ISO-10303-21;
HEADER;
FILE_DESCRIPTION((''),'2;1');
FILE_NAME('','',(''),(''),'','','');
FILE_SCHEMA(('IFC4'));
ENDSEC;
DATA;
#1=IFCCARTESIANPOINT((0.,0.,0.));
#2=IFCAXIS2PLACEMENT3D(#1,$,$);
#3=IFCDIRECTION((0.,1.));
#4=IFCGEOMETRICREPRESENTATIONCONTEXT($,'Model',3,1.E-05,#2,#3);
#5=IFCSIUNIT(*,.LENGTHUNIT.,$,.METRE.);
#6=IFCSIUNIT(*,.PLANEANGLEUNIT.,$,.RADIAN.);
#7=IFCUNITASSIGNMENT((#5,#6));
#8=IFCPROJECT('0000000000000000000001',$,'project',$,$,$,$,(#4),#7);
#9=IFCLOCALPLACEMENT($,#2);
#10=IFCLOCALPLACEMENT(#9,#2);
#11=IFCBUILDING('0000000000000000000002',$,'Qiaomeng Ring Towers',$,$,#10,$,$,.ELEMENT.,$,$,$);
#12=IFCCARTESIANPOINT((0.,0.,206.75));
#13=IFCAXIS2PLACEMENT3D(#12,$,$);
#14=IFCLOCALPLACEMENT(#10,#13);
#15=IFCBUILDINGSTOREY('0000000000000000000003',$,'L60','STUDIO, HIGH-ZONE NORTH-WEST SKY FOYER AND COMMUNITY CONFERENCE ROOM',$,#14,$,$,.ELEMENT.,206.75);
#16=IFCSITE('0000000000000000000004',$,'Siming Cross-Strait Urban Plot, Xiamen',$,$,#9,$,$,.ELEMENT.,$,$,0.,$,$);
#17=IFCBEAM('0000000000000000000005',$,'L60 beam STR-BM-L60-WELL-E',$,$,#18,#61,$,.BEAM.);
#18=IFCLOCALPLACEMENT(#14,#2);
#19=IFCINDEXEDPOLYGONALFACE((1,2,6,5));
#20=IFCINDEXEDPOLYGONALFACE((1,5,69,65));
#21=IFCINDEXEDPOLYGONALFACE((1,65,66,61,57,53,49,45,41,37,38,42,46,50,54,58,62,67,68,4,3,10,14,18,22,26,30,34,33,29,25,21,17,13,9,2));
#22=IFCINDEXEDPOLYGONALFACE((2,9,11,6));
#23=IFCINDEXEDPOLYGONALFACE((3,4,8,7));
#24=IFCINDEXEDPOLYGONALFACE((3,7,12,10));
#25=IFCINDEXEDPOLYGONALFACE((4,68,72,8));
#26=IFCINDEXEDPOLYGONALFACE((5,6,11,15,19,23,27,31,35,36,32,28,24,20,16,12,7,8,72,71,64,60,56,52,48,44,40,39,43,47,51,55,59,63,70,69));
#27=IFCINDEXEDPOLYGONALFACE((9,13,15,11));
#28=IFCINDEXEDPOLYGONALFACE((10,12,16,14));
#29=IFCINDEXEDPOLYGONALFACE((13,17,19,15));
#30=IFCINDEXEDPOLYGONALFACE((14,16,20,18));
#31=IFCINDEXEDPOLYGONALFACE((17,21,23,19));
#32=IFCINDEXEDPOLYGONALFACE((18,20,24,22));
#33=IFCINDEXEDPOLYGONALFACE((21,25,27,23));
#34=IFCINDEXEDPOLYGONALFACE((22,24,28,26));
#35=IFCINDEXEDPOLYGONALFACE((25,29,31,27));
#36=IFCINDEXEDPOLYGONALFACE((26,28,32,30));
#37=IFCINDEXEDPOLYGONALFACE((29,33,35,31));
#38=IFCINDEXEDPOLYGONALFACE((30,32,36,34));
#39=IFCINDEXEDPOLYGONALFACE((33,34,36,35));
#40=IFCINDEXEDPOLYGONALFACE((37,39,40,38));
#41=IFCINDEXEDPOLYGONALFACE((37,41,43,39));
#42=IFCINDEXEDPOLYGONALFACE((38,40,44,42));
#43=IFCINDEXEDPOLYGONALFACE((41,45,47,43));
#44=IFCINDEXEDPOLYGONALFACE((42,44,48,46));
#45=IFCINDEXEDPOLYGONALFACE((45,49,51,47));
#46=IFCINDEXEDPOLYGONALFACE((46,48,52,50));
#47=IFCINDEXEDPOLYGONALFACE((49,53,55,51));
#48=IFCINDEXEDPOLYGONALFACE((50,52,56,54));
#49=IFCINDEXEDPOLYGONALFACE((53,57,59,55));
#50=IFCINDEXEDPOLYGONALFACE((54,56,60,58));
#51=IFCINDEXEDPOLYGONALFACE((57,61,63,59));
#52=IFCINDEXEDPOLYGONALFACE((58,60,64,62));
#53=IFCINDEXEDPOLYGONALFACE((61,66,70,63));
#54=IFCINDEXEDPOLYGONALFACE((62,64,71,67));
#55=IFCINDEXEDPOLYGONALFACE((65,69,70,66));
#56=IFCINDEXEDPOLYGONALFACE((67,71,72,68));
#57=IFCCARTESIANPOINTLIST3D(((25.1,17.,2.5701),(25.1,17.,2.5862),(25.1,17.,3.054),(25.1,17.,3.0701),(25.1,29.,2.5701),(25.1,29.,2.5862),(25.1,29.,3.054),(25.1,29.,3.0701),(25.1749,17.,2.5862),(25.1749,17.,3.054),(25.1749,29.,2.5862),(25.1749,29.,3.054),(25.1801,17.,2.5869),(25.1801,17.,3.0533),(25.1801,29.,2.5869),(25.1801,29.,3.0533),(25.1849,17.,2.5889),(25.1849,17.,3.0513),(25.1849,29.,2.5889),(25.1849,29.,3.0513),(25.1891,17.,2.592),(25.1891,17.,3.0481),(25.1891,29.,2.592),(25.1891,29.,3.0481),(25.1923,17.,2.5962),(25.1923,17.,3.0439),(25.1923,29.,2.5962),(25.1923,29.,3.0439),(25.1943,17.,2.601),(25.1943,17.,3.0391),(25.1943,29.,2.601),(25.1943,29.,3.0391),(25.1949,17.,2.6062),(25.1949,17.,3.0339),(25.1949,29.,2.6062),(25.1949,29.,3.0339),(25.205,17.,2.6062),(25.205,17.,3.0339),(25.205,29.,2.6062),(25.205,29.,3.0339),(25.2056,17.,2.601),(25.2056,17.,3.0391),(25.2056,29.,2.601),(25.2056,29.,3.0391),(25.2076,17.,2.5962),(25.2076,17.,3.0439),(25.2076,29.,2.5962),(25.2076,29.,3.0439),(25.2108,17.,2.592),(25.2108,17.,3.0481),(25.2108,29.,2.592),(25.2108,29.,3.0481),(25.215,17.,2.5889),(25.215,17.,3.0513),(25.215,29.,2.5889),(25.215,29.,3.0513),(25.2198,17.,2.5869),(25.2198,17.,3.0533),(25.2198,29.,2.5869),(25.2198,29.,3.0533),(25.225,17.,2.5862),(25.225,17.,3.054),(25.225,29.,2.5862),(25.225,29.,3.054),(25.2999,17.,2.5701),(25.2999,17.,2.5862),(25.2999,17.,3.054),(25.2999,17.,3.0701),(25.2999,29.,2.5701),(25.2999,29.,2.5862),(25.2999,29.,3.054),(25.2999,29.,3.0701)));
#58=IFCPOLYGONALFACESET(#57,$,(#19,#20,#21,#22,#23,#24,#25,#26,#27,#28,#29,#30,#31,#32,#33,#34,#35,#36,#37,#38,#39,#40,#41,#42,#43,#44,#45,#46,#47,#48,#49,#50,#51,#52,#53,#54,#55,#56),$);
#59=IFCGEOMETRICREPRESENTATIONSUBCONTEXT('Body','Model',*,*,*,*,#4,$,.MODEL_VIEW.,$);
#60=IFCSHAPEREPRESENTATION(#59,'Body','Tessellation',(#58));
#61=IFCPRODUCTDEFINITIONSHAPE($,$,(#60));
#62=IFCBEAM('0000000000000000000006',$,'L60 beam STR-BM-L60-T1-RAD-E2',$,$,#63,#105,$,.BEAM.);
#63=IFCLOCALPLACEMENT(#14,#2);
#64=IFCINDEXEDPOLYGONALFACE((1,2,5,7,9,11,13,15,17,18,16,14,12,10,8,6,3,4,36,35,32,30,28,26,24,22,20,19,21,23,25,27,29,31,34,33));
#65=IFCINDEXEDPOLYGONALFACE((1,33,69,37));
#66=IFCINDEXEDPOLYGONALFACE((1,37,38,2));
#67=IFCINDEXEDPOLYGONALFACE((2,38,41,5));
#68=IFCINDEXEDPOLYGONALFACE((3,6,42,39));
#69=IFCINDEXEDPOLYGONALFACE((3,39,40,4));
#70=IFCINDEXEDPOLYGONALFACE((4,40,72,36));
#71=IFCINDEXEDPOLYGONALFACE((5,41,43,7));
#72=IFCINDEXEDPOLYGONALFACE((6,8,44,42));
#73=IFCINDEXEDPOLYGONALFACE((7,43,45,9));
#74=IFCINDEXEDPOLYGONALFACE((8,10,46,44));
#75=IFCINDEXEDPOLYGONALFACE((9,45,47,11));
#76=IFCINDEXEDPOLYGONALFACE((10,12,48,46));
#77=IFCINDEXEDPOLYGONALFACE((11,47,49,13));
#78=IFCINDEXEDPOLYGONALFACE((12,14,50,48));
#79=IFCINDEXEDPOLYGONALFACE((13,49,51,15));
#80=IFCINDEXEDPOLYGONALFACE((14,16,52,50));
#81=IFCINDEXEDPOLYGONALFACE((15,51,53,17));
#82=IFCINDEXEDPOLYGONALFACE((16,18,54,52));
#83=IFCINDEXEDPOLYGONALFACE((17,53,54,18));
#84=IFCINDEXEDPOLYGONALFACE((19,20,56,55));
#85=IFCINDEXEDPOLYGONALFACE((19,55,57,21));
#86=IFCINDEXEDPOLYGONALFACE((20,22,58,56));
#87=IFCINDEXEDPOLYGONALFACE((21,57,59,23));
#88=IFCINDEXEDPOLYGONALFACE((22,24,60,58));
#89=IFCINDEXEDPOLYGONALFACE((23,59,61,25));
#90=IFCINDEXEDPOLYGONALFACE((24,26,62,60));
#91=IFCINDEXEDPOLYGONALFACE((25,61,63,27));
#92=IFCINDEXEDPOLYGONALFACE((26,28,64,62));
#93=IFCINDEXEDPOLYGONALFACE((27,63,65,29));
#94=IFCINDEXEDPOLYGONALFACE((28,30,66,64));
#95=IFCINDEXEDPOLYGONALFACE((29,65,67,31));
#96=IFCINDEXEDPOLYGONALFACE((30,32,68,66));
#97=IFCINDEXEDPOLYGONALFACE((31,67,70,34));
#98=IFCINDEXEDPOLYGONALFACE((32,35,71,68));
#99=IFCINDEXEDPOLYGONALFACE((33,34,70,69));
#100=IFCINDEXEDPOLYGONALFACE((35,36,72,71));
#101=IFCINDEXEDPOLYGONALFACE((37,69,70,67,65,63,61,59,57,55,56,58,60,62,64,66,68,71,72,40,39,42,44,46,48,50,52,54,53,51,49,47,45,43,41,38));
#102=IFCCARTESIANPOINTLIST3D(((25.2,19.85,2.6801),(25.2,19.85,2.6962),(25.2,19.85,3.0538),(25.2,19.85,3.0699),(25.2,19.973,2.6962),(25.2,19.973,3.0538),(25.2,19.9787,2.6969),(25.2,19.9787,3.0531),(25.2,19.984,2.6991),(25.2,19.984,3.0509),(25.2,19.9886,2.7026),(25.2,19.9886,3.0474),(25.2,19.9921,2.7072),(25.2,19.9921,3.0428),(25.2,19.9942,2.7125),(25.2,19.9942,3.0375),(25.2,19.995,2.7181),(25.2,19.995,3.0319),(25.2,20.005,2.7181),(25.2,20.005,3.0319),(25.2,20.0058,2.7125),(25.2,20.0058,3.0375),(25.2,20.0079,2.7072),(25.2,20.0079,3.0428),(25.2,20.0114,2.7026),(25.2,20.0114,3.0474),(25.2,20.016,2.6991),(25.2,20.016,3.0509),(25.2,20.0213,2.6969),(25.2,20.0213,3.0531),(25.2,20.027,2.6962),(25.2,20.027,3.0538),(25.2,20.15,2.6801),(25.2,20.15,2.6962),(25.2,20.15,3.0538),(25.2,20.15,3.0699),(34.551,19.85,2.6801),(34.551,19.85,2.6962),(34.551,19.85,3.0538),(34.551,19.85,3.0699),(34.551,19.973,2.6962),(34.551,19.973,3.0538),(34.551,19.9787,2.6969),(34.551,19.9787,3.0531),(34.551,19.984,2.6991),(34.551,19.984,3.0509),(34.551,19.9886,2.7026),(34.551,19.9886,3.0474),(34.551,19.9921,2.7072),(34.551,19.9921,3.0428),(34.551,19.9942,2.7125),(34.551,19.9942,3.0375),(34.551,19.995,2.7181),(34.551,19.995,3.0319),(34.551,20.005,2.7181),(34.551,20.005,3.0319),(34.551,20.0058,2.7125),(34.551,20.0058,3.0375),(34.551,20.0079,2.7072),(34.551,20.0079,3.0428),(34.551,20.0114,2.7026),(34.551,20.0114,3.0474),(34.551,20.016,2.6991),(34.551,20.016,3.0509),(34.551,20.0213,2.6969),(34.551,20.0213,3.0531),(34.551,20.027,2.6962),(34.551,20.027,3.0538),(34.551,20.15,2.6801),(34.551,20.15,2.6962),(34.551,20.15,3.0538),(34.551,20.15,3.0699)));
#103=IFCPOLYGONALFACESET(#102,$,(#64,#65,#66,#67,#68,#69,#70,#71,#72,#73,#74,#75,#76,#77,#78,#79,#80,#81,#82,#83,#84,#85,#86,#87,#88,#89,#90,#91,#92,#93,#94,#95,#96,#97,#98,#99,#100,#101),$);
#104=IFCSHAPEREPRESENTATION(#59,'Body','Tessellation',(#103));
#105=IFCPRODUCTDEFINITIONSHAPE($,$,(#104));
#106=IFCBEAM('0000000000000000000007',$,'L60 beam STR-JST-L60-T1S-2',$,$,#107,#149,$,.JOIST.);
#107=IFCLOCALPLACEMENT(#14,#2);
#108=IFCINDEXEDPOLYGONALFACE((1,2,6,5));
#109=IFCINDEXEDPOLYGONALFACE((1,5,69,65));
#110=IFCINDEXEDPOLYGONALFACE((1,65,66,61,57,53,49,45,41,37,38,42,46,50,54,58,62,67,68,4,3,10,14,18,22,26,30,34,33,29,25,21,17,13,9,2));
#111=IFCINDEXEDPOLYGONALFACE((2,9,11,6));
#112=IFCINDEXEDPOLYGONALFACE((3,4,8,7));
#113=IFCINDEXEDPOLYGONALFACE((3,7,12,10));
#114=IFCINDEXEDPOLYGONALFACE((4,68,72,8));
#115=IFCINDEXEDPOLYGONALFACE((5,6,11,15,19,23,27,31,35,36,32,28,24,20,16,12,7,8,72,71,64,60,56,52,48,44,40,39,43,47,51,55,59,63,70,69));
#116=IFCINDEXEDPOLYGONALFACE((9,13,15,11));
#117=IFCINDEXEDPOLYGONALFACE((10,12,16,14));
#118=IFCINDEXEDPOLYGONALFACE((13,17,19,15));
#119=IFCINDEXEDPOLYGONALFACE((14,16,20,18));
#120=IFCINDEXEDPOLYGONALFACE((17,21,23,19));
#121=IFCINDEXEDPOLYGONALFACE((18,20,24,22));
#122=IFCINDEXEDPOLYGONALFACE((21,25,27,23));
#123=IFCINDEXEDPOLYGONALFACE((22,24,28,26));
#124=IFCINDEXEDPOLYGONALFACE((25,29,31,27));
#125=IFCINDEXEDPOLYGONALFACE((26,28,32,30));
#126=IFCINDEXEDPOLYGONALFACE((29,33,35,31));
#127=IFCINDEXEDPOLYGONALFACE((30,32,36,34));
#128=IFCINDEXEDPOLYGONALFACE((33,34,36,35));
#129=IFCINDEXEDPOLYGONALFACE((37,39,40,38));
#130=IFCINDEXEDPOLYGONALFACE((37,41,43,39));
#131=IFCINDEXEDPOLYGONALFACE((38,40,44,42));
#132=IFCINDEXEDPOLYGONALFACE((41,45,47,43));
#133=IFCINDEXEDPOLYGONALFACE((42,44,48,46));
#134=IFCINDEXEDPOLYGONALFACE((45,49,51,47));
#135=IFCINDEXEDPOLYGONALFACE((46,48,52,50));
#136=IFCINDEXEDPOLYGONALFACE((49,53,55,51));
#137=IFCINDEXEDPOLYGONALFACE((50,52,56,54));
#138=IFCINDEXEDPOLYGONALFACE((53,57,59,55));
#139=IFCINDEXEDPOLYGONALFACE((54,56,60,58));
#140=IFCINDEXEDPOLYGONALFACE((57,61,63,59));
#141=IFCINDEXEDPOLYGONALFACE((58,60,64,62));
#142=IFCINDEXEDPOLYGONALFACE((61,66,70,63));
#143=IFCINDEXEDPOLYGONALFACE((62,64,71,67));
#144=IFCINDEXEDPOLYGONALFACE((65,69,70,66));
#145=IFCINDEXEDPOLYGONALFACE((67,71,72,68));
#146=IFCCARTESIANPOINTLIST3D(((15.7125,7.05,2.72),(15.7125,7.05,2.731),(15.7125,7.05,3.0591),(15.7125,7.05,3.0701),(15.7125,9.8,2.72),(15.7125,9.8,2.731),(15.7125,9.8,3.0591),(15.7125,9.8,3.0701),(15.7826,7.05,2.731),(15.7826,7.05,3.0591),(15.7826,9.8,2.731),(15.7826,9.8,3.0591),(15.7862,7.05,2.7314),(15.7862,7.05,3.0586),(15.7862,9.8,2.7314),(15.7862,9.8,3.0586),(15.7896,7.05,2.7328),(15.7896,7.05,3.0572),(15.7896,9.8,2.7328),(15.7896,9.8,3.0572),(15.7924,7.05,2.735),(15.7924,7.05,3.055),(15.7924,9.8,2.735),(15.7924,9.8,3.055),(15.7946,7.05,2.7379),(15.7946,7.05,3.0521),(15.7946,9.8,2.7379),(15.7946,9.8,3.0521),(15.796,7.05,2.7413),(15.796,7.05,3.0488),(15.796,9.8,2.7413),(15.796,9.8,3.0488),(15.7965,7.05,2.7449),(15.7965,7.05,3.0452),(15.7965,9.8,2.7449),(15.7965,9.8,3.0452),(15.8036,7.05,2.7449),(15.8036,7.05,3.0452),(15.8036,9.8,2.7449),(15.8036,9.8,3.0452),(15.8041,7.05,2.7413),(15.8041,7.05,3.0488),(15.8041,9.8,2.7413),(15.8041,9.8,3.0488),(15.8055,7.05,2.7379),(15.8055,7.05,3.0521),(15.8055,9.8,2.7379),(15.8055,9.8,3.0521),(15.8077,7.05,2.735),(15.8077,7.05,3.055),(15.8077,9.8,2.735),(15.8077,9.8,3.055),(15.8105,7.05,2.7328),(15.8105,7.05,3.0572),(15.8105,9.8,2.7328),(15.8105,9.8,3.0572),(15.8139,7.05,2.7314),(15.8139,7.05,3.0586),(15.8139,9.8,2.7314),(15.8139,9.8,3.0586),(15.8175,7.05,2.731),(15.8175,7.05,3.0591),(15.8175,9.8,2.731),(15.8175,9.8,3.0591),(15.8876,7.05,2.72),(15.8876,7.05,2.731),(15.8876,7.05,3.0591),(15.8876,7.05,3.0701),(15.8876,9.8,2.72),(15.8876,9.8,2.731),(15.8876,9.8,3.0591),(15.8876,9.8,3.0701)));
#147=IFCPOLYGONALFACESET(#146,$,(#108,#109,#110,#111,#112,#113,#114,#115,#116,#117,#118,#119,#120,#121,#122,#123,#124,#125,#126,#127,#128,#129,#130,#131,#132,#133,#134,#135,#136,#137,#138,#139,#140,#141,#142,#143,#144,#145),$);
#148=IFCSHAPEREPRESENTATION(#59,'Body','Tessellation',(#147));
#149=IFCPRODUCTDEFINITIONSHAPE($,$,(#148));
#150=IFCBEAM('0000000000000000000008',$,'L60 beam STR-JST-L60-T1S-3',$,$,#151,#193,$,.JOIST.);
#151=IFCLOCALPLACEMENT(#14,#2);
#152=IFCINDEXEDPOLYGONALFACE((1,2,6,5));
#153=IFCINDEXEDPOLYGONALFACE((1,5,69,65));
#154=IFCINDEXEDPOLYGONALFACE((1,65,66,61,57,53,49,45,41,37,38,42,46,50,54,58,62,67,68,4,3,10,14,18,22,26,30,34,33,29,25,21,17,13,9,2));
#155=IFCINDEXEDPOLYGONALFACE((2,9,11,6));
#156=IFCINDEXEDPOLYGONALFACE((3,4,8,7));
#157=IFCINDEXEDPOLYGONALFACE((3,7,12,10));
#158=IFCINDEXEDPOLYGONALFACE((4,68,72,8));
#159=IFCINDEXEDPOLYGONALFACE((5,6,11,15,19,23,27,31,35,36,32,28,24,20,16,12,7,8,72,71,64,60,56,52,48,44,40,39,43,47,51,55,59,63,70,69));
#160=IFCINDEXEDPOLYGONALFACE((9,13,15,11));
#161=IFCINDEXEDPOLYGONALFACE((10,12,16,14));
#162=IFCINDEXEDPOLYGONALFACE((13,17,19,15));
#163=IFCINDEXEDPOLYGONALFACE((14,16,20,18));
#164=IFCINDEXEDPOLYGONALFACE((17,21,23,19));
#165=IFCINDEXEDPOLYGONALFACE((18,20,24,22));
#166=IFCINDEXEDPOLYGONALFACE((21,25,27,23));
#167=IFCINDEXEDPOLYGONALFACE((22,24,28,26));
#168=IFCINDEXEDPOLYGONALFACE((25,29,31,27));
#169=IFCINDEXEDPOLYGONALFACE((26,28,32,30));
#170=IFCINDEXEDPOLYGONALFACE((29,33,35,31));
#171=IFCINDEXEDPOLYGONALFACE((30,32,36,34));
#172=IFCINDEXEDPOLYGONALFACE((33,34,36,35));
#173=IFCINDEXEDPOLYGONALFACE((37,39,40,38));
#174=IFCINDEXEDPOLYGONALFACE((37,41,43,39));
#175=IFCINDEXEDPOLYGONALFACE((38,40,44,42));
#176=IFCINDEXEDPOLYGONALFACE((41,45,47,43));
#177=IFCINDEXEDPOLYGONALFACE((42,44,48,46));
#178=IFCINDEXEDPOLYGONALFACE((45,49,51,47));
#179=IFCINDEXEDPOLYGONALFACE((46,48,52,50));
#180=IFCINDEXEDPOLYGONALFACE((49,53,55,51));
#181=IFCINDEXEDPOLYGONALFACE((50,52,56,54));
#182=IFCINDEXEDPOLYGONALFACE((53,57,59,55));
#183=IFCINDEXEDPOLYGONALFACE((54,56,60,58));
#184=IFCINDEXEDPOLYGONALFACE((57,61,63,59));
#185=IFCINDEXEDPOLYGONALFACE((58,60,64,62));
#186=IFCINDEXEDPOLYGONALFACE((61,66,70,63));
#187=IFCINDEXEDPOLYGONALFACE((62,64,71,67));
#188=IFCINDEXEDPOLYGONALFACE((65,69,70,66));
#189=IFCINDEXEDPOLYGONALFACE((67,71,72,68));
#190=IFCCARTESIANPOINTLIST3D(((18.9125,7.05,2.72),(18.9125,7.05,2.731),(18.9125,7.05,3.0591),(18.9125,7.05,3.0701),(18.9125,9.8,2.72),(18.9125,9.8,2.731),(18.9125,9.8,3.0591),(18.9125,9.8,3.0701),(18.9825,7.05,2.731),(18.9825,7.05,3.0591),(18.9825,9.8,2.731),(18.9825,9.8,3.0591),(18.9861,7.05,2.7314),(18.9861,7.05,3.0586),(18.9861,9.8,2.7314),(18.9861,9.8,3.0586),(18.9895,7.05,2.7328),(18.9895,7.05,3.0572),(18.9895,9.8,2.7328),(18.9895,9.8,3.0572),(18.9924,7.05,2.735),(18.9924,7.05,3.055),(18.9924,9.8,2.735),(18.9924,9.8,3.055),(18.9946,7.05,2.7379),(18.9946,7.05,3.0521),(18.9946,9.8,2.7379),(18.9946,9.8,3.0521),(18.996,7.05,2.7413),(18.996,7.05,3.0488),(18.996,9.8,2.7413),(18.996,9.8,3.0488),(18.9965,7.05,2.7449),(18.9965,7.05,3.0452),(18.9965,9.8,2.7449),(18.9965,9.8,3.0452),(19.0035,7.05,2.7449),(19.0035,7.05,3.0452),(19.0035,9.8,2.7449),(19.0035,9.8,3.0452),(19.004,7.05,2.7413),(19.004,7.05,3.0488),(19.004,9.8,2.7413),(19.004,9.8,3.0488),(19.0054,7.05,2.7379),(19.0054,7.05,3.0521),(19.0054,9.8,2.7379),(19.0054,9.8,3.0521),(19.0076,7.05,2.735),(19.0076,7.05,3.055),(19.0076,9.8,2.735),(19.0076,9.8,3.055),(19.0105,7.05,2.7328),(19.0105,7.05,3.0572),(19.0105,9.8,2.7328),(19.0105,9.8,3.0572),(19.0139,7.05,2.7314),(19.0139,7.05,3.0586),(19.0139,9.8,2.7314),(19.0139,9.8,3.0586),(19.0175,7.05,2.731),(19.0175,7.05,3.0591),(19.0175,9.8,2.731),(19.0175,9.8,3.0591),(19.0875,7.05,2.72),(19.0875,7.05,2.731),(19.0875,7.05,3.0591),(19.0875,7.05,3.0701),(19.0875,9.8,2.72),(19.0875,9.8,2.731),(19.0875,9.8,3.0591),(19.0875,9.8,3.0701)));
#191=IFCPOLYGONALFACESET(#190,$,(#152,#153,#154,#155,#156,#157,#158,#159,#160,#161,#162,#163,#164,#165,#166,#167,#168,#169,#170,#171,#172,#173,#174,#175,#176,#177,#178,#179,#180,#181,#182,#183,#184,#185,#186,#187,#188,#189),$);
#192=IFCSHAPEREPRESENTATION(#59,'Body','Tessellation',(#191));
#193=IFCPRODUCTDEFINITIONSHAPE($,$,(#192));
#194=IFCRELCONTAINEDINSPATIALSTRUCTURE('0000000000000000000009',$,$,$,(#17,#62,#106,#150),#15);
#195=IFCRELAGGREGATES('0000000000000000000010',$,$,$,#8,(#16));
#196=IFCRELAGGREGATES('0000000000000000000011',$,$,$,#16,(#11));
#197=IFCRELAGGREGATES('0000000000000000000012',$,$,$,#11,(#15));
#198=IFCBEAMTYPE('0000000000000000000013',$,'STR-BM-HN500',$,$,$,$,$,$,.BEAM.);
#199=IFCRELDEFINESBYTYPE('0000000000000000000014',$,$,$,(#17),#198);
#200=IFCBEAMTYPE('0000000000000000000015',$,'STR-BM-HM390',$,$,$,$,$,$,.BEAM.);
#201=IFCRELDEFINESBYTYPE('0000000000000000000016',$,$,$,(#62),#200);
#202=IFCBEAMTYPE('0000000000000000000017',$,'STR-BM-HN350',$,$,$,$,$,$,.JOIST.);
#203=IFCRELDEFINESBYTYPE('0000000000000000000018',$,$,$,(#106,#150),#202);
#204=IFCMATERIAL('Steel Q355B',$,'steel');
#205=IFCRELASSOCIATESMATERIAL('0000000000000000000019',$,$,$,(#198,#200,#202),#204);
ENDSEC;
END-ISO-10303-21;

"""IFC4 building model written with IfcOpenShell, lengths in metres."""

from ifc_helpers import new_model, si_unit, direction, frame, origin, origin_2d, place, context, subcontext, project, spatial, i_section, extrude, source, transform, mapped, material, material_profile, profile_set, type_object, element, save


model = new_model("IFC4")

# Units and contexts
model_context = context("Model", 3, precision=1e-05, world=origin(), true_north=direction((0.0, 1.0)))
body_context = subcontext(model_context, "Body", "Model", "MODEL_VIEW")
ifc_project = project(units=[si_unit("LENGTHUNIT", "METRE"), si_unit("PLANEANGLEUNIT", "RADIAN")], contexts=[model_context])

# Site, building, storey
site_placement = place(None, origin())
site = spatial("IfcSite", under=ifc_project, at=site_placement, Name="Siming Cross-Strait Urban Plot, Xiamen", CompositionType="ELEMENT", RefElevation=0.0)
building_placement = place(site_placement, origin())
building = spatial("IfcBuilding", under=site, at=building_placement, Name="Qiaomeng Ring Towers", CompositionType="ELEMENT")
storey_placement = place(building_placement, frame((0.0, 0.0, 206.75)))
storey = spatial("IfcBuildingStorey", under=building, at=storey_placement, Name="L60", Description="STUDIO, HIGH-ZONE NORTH-WEST SKY FOYER AND COMMUNITY CONFERENCE ROOM", CompositionType="ELEMENT", Elevation=206.75)

# Beams
ifc_material_1 = material(Name="Steel Q355B", Category="steel")
ifc_material_profile_1 = material_profile(ifc_material_1, i_section(OverallWidth=0.2, OverallDepth=0.5, WebThickness=0.01, FlangeThickness=0.0161, FilletRadius=0.02, at=origin_2d()), Name="HN 500x200x10x16")
ifc_profile_set_1 = profile_set([ifc_material_profile_1], Name="Steel Q355B")
beam_type_1 = type_object("IfcBeamType", Name="STR-BM-HN500", PredefinedType="BEAM", material=ifc_profile_set_1)
shared_shape_1 = source(origin(), body_context, "Body", "SweptSolid", [
    extrude(i_section(OverallWidth=0.2, OverallDepth=0.5, WebThickness=0.01, FlangeThickness=0.0161, FilletRadius=0.02, at=origin_2d()), origin(), (0.0, 0.0, 1.0), 12.0),
])
beam_1_placement = place(storey_placement, frame((25.2, 17.0, 2.8201), z_axis=(0.0, 1.0, 0.0), x_axis=(-1.0, 0.0, 0.0)))
element("IfcBeam", 1, at=beam_1_placement, inside=storey, type_object=beam_type_1, Name="L60 beam STR-BM-L60-WELL-E", PredefinedType="BEAM", context=body_context, shape_type="MappedRepresentation", body=[
    mapped(shared_shape_1, transform((0.0, 0.0, 0.0), x_axis=(1.0, 0.0, 0.0), y_axis=(0.0, 1.0, 0.0), z_axis=(0.0, 0.0, 1.0), scale=1.0)),
])
ifc_material_profile_2 = material_profile(ifc_material_1, i_section(OverallWidth=0.3, OverallDepth=0.3899, WebThickness=0.01, FlangeThickness=0.0161, FilletRadius=0.022, at=origin_2d()), Name="HM 390x300x10x16")
ifc_profile_set_2 = profile_set([ifc_material_profile_2], Name="Steel Q355B")
beam_type_2 = type_object("IfcBeamType", Name="STR-BM-HM390", PredefinedType="BEAM", material=ifc_profile_set_2)
shared_shape_2 = source(origin(), body_context, "Body", "SweptSolid", [
    extrude(i_section(OverallWidth=0.3, OverallDepth=0.3899, WebThickness=0.01, FlangeThickness=0.0161, FilletRadius=0.022, at=origin_2d()), origin(), (0.0, 0.0, 1.0), 9.3511),
])
beam_2_placement = place(storey_placement, frame((25.2, 20.0, 2.875), z_axis=(1.0, 0.0, 0.0), x_axis=(0.0, 1.0, 0.0)))
element("IfcBeam", 2, at=beam_2_placement, inside=storey, type_object=beam_type_2, Name="L60 beam STR-BM-L60-T1-RAD-E2", PredefinedType="BEAM", context=body_context, shape_type="MappedRepresentation", body=[
    mapped(shared_shape_2, transform((0.0, 0.0, 0.0), x_axis=(1.0, 0.0, 0.0), y_axis=(0.0, 1.0, 0.0), z_axis=(0.0, 0.0, 1.0), scale=1.0)),
])
ifc_material_profile_3 = material_profile(ifc_material_1, i_section(OverallWidth=0.175, OverallDepth=0.3501, WebThickness=0.0071, FlangeThickness=0.011, FilletRadius=0.0139, at=origin_2d()), Name="HN 350x175x7x11")
ifc_profile_set_3 = profile_set([ifc_material_profile_3], Name="Steel Q355B")
beam_type_3 = type_object("IfcBeamType", Name="STR-BM-HN350", PredefinedType="JOIST", material=ifc_profile_set_3)
shared_shape_3 = source(origin(), body_context, "Body", "SweptSolid", [
    extrude(i_section(OverallWidth=0.175, OverallDepth=0.3501, WebThickness=0.0071, FlangeThickness=0.011, FilletRadius=0.0139, at=origin_2d()), origin(), (0.0, 0.0, 1.0), 2.75),
])
for number, where, z_axis, x_axis, name in (
    (3, (15.8, 7.05, 2.895), (0.0, 1.0, 0.0), (-1.0, 0.0, 0.0), "L60 beam STR-JST-L60-T1S-2"),
    (4, (19.0, 7.05, 2.895), (0.0, 1.0, 0.0), (-1.0, 0.0, 0.0), "L60 beam STR-JST-L60-T1S-3"),
):
    element("IfcBeam", number, at=place(storey_placement, frame(where, z_axis=z_axis, x_axis=x_axis)), inside=storey, type_object=beam_type_3, Name=name, PredefinedType="JOIST", context=body_context, shape_type="MappedRepresentation", body=[
        mapped(shared_shape_3, transform((0.0, 0.0, 0.0), x_axis=(1.0, 0.0, 0.0), y_axis=(0.0, 1.0, 0.0), z_axis=(0.0, 0.0, 1.0), scale=1.0)),
    ])

save(model, "model.ifc")
